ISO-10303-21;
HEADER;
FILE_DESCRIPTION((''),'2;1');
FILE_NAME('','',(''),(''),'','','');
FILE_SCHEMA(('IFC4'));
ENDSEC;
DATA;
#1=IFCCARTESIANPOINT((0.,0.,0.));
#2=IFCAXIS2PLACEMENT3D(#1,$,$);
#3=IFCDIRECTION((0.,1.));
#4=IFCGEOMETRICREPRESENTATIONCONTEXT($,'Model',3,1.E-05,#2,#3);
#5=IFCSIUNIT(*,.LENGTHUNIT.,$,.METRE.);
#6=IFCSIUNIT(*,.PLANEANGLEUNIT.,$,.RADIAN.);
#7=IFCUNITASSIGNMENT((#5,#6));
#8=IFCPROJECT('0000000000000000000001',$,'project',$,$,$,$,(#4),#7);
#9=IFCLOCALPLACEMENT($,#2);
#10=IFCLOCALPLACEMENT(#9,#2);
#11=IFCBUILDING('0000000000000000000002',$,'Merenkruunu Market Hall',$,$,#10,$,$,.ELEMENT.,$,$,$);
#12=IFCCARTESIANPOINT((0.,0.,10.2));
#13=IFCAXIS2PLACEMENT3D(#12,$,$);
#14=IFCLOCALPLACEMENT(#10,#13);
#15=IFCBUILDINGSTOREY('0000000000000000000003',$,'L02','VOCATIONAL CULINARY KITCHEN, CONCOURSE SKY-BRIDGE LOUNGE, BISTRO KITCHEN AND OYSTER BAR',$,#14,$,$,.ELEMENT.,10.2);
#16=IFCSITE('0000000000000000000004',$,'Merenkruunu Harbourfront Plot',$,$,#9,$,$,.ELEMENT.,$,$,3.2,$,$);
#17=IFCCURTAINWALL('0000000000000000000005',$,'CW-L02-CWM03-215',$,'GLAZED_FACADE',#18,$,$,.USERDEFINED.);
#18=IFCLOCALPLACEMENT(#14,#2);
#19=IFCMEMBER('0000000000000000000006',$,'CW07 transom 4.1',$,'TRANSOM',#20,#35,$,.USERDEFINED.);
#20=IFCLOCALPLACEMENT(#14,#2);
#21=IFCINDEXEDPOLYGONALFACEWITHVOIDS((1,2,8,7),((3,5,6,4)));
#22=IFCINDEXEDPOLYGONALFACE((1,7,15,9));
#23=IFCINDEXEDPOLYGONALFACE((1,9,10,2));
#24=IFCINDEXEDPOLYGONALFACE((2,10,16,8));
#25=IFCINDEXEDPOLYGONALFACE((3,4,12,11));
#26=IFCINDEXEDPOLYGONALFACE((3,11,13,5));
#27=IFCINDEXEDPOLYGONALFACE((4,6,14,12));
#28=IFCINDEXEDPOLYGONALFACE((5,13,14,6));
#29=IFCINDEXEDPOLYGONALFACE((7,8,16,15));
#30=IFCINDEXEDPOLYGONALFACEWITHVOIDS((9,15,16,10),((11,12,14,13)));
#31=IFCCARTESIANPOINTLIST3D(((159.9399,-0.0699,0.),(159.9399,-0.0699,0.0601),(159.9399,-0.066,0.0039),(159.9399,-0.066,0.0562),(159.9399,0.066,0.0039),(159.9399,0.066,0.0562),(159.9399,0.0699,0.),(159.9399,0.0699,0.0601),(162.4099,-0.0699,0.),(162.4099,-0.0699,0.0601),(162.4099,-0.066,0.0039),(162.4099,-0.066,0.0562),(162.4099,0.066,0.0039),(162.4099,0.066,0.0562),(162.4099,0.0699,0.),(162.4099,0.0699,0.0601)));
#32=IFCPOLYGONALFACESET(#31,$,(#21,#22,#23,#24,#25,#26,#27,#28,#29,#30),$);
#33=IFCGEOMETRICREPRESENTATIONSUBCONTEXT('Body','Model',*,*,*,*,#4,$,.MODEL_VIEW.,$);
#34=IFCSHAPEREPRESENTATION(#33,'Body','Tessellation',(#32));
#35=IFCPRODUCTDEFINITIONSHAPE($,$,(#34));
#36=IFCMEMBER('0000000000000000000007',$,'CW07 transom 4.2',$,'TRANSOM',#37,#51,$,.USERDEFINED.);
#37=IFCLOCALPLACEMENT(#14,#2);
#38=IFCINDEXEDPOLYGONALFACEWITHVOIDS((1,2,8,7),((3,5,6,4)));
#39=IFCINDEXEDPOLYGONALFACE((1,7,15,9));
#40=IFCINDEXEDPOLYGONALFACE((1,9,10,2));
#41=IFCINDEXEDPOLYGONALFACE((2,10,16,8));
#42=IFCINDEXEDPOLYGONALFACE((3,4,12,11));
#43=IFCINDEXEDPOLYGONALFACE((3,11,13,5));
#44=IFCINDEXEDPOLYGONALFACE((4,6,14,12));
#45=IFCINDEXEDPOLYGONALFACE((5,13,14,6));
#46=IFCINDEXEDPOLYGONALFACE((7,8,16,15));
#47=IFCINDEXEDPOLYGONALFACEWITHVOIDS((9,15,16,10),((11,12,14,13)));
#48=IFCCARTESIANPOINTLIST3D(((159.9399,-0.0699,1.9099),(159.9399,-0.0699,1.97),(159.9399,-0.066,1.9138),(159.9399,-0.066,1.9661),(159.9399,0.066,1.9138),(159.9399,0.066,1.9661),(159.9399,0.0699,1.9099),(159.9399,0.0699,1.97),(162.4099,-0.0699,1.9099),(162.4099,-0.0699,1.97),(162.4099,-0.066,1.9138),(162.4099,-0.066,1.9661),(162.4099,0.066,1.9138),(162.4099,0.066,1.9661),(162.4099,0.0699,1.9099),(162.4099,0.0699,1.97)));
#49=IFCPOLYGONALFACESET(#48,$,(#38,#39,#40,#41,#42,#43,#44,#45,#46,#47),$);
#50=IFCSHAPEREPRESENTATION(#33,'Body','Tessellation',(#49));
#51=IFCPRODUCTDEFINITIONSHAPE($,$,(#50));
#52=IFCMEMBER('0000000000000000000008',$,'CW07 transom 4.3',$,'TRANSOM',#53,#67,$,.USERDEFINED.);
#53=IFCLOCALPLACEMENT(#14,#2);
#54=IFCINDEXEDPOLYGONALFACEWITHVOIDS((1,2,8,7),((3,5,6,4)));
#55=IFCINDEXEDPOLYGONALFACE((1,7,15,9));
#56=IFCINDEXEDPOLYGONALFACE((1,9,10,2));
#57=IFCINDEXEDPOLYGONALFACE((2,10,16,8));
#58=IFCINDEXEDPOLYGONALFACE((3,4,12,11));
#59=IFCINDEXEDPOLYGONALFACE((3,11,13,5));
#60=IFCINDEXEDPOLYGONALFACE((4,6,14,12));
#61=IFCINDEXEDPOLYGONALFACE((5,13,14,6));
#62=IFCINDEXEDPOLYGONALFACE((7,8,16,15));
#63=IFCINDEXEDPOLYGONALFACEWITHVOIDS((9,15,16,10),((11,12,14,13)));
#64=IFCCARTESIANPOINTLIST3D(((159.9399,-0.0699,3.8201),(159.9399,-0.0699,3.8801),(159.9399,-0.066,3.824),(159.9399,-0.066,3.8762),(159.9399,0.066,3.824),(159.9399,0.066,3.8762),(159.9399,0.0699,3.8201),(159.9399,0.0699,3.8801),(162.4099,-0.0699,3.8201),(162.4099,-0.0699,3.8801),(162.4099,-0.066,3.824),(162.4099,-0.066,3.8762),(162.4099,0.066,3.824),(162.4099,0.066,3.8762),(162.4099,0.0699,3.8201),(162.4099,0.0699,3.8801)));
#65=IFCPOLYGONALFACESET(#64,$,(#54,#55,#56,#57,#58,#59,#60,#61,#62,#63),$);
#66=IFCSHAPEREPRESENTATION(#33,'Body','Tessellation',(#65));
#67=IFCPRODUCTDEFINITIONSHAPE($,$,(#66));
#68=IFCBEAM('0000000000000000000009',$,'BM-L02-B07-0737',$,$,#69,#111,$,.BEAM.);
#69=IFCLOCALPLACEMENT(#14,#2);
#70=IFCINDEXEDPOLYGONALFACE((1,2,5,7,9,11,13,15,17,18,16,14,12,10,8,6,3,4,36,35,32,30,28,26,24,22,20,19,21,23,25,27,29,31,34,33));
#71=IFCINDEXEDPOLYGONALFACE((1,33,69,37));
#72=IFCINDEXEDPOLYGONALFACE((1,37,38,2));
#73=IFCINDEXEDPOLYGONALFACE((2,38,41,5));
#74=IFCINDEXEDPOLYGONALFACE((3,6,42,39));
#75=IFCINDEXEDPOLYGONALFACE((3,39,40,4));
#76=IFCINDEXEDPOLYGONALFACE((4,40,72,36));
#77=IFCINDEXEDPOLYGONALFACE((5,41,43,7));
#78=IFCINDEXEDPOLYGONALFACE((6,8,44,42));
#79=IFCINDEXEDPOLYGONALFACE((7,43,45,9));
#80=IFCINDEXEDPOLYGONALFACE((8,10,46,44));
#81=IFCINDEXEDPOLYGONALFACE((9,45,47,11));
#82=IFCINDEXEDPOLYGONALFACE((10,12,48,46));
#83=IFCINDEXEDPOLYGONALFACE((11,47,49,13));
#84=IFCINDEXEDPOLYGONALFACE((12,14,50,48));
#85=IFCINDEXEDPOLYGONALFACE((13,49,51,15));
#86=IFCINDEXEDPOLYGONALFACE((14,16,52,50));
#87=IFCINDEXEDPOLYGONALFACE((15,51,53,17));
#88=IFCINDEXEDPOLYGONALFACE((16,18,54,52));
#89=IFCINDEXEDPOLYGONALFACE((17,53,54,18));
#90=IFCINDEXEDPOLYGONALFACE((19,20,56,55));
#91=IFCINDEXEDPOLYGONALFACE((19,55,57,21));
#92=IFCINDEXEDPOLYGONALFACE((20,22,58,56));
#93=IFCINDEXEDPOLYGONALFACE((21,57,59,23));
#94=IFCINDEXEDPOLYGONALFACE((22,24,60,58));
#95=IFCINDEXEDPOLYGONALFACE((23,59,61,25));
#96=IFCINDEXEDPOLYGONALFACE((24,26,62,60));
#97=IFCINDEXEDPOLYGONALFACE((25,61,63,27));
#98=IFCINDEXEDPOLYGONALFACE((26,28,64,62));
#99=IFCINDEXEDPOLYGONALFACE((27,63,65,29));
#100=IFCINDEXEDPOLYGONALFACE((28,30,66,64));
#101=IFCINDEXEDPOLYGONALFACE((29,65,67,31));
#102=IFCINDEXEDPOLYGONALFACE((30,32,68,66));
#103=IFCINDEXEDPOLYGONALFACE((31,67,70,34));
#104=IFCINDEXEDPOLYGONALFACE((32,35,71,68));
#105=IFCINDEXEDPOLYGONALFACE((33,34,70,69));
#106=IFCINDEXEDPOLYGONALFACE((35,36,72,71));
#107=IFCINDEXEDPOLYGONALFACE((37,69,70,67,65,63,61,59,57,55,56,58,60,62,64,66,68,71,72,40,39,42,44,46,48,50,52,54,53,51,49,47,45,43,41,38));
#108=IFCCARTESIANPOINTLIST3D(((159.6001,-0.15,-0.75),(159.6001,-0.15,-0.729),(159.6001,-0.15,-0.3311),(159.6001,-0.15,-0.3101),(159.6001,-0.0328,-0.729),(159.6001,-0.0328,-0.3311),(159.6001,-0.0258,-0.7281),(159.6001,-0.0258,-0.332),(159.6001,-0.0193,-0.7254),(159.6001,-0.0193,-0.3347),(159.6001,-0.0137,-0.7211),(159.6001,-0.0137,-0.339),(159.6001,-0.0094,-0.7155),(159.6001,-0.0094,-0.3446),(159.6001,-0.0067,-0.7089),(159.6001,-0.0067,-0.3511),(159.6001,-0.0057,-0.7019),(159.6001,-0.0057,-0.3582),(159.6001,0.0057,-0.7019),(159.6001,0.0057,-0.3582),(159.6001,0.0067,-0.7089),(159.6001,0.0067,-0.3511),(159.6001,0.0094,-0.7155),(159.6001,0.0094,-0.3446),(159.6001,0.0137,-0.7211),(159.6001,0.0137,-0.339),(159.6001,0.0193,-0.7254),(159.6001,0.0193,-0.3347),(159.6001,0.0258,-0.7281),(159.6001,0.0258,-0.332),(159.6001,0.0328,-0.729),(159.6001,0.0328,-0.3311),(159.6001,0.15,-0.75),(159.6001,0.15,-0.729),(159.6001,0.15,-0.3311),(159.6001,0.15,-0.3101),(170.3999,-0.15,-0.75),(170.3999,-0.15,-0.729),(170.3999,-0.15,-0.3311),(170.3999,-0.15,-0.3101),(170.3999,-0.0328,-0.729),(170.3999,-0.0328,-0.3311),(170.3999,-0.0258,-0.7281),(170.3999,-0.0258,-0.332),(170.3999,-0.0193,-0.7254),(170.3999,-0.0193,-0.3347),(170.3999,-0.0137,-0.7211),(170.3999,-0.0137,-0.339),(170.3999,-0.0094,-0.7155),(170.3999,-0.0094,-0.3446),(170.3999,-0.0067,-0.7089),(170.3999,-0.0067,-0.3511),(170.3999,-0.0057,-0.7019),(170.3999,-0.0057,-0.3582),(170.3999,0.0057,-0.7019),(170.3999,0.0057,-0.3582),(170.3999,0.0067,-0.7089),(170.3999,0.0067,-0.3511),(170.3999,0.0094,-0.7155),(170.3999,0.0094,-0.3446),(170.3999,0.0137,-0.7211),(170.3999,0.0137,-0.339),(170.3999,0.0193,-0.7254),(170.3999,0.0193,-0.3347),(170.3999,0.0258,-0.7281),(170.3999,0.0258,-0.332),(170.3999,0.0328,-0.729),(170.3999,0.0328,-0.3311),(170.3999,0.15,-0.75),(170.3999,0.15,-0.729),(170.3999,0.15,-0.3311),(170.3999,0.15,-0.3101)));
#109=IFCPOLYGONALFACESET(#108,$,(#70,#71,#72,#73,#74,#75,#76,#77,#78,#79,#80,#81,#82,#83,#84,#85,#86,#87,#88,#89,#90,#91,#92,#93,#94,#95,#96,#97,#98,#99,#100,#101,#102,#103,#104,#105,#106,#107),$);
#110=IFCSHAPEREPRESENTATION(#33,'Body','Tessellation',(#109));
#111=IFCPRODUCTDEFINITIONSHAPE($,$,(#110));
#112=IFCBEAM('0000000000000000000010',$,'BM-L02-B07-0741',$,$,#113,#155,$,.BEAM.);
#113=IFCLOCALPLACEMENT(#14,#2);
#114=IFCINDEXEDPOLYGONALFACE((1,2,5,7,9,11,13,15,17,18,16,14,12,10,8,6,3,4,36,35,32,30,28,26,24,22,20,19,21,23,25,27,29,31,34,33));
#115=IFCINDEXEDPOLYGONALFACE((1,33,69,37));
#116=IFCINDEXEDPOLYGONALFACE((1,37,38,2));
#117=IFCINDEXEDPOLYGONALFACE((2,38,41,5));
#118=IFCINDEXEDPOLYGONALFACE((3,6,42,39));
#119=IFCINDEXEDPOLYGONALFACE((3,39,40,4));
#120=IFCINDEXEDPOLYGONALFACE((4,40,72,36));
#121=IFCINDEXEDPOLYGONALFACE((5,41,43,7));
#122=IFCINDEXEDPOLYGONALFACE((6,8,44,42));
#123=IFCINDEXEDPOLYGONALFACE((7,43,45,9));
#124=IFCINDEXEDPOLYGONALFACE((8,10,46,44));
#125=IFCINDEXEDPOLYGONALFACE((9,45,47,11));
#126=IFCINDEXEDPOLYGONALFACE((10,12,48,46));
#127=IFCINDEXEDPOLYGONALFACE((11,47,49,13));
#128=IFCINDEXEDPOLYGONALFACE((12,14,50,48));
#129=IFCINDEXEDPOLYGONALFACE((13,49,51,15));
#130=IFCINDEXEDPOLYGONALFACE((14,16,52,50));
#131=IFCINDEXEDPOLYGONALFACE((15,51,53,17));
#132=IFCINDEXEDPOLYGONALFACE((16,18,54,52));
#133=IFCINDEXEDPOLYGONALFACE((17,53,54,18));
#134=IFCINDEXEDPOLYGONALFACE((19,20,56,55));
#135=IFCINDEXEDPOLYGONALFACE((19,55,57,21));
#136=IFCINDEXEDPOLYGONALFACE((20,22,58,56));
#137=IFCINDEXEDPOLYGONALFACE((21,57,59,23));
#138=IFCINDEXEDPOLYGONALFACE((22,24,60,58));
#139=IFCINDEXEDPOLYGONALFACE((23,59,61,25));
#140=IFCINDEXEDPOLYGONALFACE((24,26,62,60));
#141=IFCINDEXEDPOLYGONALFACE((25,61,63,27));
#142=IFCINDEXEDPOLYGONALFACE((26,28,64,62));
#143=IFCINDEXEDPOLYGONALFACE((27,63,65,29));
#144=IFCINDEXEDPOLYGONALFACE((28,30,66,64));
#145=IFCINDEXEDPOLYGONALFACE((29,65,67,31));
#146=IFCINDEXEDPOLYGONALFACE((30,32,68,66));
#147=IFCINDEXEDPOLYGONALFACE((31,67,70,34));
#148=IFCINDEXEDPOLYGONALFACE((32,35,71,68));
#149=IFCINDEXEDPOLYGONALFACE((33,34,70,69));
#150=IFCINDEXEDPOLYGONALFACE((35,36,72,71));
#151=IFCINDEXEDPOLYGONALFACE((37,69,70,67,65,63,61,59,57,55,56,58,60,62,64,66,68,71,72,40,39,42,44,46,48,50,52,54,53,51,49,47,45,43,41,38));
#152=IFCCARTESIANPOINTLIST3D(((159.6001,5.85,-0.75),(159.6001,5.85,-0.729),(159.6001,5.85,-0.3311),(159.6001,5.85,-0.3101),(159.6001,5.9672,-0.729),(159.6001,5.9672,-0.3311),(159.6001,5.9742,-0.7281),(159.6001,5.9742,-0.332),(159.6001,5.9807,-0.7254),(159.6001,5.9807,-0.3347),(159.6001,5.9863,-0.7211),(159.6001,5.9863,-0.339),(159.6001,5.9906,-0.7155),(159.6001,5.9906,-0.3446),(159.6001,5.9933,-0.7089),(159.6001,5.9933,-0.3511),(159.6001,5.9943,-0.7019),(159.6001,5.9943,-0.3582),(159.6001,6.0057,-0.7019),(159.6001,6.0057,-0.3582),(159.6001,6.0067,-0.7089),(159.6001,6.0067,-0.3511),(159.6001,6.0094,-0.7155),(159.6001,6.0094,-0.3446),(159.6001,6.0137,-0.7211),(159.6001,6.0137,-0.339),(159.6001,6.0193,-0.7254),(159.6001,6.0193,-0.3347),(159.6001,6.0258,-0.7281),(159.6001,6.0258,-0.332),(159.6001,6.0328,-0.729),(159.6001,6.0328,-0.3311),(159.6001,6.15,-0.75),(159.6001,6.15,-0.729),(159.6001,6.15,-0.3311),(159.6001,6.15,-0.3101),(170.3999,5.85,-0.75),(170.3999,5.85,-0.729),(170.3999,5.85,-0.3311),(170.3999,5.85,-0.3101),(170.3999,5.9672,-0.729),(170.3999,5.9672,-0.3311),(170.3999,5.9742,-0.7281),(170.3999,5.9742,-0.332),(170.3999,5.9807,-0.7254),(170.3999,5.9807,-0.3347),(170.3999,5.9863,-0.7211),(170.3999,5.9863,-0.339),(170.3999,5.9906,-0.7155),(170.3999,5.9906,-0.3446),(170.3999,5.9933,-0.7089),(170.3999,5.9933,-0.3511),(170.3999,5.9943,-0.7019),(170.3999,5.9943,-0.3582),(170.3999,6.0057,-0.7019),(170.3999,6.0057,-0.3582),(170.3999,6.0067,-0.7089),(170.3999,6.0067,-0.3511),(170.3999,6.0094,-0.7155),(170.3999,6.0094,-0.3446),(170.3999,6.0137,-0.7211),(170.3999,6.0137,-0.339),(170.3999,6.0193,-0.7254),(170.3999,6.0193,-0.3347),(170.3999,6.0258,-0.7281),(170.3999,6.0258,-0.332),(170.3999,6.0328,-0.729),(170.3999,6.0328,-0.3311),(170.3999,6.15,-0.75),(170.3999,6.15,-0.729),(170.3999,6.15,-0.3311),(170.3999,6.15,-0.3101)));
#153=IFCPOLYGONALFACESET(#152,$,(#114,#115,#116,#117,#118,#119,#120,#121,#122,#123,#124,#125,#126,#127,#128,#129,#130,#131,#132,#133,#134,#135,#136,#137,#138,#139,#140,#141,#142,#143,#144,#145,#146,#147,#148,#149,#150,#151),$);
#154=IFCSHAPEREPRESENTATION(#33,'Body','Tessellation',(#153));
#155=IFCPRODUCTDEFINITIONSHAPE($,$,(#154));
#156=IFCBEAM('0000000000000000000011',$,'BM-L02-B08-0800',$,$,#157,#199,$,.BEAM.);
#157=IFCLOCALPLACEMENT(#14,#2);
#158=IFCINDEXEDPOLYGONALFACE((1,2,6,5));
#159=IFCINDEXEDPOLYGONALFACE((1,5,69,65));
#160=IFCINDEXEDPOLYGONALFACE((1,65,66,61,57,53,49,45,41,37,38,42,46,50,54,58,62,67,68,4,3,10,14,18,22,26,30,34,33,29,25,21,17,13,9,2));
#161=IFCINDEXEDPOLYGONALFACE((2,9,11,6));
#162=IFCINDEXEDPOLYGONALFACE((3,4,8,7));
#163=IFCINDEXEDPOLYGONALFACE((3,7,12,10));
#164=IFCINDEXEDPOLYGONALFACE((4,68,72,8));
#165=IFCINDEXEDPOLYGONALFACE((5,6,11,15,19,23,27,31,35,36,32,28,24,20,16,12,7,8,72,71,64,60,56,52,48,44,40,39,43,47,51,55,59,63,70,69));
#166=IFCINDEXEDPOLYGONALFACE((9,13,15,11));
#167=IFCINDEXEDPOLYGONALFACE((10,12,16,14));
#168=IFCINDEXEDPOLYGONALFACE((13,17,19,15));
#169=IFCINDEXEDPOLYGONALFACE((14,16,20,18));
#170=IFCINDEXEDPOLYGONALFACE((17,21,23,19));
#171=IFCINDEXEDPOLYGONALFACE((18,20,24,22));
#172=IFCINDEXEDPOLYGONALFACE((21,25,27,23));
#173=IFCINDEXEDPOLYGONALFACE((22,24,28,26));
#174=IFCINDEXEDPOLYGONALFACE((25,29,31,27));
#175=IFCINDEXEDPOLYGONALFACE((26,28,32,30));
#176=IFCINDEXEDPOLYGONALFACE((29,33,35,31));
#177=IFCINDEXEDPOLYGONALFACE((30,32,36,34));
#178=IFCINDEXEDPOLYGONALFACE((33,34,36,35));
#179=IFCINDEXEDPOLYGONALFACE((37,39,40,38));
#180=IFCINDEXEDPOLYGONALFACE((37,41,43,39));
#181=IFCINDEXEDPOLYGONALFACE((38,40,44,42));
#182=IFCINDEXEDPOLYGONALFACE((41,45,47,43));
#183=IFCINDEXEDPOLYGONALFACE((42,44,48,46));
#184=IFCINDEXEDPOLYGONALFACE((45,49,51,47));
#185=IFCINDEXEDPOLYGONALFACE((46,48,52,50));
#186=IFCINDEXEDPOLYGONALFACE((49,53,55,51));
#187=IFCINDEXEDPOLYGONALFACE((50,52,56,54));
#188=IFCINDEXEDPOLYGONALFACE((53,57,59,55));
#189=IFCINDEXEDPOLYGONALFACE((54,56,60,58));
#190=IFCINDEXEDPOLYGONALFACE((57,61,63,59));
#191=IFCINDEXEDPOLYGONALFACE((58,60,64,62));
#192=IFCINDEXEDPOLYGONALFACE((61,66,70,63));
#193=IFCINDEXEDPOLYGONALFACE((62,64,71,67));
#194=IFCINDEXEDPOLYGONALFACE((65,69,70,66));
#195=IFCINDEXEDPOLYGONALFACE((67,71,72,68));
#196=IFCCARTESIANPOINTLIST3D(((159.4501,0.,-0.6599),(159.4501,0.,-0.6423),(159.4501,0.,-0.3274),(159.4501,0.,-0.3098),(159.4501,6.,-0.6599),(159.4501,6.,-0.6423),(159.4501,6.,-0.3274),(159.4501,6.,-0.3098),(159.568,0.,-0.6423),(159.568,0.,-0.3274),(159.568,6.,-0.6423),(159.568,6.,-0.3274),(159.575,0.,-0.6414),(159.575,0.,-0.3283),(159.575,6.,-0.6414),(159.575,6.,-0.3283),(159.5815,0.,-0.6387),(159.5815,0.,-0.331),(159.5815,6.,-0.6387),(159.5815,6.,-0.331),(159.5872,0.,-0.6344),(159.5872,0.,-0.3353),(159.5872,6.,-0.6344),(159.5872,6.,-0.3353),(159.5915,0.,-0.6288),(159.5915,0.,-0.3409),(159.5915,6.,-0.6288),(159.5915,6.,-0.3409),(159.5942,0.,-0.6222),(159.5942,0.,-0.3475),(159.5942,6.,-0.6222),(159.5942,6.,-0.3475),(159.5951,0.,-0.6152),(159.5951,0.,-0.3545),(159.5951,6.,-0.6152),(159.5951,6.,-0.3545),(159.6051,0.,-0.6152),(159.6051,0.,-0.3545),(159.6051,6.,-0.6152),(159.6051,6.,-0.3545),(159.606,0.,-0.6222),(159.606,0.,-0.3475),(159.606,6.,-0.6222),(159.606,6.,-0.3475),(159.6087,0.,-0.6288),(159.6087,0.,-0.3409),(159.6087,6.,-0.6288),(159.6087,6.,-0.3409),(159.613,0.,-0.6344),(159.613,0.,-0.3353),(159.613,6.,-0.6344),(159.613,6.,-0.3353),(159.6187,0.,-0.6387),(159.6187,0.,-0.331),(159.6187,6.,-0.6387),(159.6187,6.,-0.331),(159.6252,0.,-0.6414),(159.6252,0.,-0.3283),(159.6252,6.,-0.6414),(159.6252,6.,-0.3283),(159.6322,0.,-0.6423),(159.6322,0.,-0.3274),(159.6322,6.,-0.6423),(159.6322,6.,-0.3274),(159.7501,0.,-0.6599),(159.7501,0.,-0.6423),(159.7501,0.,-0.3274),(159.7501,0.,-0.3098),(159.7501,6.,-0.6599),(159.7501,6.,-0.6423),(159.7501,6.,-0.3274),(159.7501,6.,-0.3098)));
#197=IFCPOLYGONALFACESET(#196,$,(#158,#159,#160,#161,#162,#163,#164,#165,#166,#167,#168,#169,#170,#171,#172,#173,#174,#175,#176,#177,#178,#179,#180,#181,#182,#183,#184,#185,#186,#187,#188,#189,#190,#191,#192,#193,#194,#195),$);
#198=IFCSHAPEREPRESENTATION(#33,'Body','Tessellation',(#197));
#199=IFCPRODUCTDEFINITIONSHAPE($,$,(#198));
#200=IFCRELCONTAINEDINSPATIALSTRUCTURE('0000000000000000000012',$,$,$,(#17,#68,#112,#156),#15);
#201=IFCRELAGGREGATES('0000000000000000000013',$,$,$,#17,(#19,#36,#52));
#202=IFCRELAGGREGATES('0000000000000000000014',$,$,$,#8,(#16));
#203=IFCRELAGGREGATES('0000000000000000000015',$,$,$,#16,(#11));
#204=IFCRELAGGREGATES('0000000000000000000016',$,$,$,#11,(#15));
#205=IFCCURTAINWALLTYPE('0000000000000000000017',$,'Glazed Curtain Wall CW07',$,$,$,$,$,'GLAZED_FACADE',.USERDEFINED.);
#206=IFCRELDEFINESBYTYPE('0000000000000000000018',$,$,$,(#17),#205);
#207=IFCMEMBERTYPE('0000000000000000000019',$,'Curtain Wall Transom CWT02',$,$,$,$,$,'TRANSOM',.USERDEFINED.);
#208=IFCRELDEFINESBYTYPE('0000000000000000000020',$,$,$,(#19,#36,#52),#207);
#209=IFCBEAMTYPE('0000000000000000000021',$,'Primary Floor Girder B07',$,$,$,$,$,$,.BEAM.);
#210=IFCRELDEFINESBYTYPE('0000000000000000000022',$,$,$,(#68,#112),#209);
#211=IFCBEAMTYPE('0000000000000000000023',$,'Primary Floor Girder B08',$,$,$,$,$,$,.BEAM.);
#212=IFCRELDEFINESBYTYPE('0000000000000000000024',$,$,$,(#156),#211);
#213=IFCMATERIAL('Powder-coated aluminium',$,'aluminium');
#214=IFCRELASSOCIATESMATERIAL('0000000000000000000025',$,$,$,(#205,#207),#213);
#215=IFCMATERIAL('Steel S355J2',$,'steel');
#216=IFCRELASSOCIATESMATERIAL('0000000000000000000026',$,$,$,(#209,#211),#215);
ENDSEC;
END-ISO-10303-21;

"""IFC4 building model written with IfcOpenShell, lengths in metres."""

from ifc_helpers import new_model, si_unit, direction, frame, origin, origin_2d, place, context, subcontext, project, spatial, hollow_rectangle, i_section, extrude, material, material_profile, profile_set, type_object, element, aggregate, save


model = new_model("IFC4")

# Units and contexts
model_context = context("Model", 3, precision=1e-05, world=origin(), true_north=direction((0.0, 1.0)))
body_context = subcontext(model_context, "Body", "Model", "MODEL_VIEW")
ifc_project = project(units=[si_unit("LENGTHUNIT", "METRE"), si_unit("PLANEANGLEUNIT", "RADIAN")], contexts=[model_context])

# Site, building, storey
site_placement = place(None, origin())
site = spatial("IfcSite", under=ifc_project, at=site_placement, Name="Merenkruunu Harbourfront Plot", CompositionType="ELEMENT", RefElevation=3.2)
building_placement = place(site_placement, origin())
building = spatial("IfcBuilding", under=site, at=building_placement, Name="Merenkruunu Market Hall", CompositionType="ELEMENT")
storey_placement = place(building_placement, frame((0.0, 0.0, 10.2)))
storey = spatial("IfcBuildingStorey", under=building, at=storey_placement, Name="L02", Description="VOCATIONAL CULINARY KITCHEN, CONCOURSE SKY-BRIDGE LOUNGE, BISTRO KITCHEN AND OYSTER BAR", CompositionType="ELEMENT", Elevation=10.2)

# Shared definitions
ifc_material_1 = material(Name="Steel S355J2", Category="steel")

# Curtain wall
ifc_material_2 = material(Name="Powder-coated aluminium", Category="aluminium")
curtain_wall_type_1 = type_object("IfcCurtainWallType", Name="Glazed Curtain Wall CW07", ElementType="GLAZED_FACADE", PredefinedType="USERDEFINED", material=ifc_material_2)
curtain_wall_1_placement = place(storey_placement, origin())
curtain_wall_1 = element("IfcCurtainWall", 1, at=curtain_wall_1_placement, inside=storey, type_object=curtain_wall_type_1, Name="CW-L02-CWM03-215", ObjectType="GLAZED_FACADE", PredefinedType="USERDEFINED")

# Members
ifc_material_profile_1 = material_profile(ifc_material_2, hollow_rectangle(XDim=0.0601, YDim=0.1399, WallThickness=0.0039, at=origin_2d()), Name="ALU 60x140x4")
ifc_profile_set_1 = profile_set([ifc_material_profile_1], Name="Powder-coated aluminium")
member_type_1 = type_object("IfcMemberType", Name="Curtain Wall Transom CWT02", ElementType="TRANSOM", PredefinedType="USERDEFINED", material=ifc_profile_set_1)
member_1_placement = place(storey_placement, frame((162.4099, 0.0, 0.03), z_axis=(-1.0, 0.0, 0.0), x_axis=(0.0, 0.0, 1.0)))
member_1 = element("IfcMember", 2, at=member_1_placement, type_object=member_type_1, Name="CW07 transom 4.1", ObjectType="TRANSOM", PredefinedType="USERDEFINED", context=body_context, shape_type="SweptSolid", body=[
    extrude(hollow_rectangle(XDim=0.0601, YDim=0.1399, WallThickness=0.0039, at=origin_2d()), origin(), (0.0, 0.0, 1.0), 2.47),
])
member_2_placement = place(storey_placement, frame((162.4099, 0.0, 1.9399), z_axis=(-1.0, 0.0, 0.0), x_axis=(0.0, 0.0, 1.0)))
member_2 = element("IfcMember", 3, at=member_2_placement, type_object=member_type_1, Name="CW07 transom 4.2", ObjectType="TRANSOM", PredefinedType="USERDEFINED", context=body_context, shape_type="SweptSolid", body=[
    extrude(hollow_rectangle(XDim=0.0601, YDim=0.1399, WallThickness=0.0039, at=origin_2d()), origin(), (0.0, 0.0, 1.0), 2.47),
])
member_3_placement = place(storey_placement, frame((162.4099, 0.0, 3.8501), z_axis=(-1.0, 0.0, 0.0), x_axis=(0.0, 0.0, 1.0)))
member_3 = element("IfcMember", 4, at=member_3_placement, type_object=member_type_1, Name="CW07 transom 4.3", ObjectType="TRANSOM", PredefinedType="USERDEFINED", context=body_context, shape_type="SweptSolid", body=[
    extrude(hollow_rectangle(XDim=0.0601, YDim=0.1399, WallThickness=0.0039, at=origin_2d()), origin(), (0.0, 0.0, 1.0), 2.47),
])

# Beams
ifc_material_profile_2 = material_profile(ifc_material_1, i_section(OverallWidth=0.3, OverallDepth=0.4399, WebThickness=0.0115, FlangeThickness=0.021, FilletRadius=0.0271, at=origin_2d()), Name="HEA 450")
ifc_profile_set_2 = profile_set([ifc_material_profile_2], Name="Steel S355J2")
beam_type_1 = type_object("IfcBeamType", Name="Primary Floor Girder B07", PredefinedType="BEAM", material=ifc_profile_set_2)
for number, where, z_axis, x_axis, name in (
    (5, (159.6001, 0.0, -0.53), (1.0, 0.0, 0.0), (0.0, 1.0, 0.0), "BM-L02-B07-0737"),
    (6, (159.6001, 6.0, -0.53), (1.0, 0.0, 0.0), (0.0, 1.0, 0.0), "BM-L02-B07-0741"),
):
    element("IfcBeam", number, at=place(storey_placement, frame(where, z_axis=z_axis, x_axis=x_axis)), inside=storey, type_object=beam_type_1, Name=name, PredefinedType="BEAM", context=body_context, shape_type="SweptSolid", body=[
        extrude(i_section(OverallWidth=0.3, OverallDepth=0.4399, WebThickness=0.0115, FlangeThickness=0.021, FilletRadius=0.0271, at=origin_2d()), origin(), (0.0, 0.0, 1.0), 10.7998),
    ])
ifc_material_profile_3 = material_profile(ifc_material_1, i_section(OverallWidth=0.3, OverallDepth=0.3501, WebThickness=0.01, FlangeThickness=0.0176, FilletRadius=0.0271, at=origin_2d()), Name="HEA 360")
ifc_profile_set_3 = profile_set([ifc_material_profile_3], Name="Steel S355J2")
beam_type_2 = type_object("IfcBeamType", Name="Primary Floor Girder B08", PredefinedType="BEAM", material=ifc_profile_set_3)
beam_1_placement = place(storey_placement, frame((159.6001, 0.0, -0.4849), z_axis=(0.0, 1.0, 0.0), x_axis=(-1.0, 0.0, 0.0)))
element("IfcBeam", 7, at=beam_1_placement, inside=storey, type_object=beam_type_2, Name="BM-L02-B08-0800", PredefinedType="BEAM", context=body_context, shape_type="SweptSolid", body=[
    extrude(i_section(OverallWidth=0.3, OverallDepth=0.3501, WebThickness=0.01, FlangeThickness=0.0176, FilletRadius=0.0271, at=origin_2d()), origin(), (0.0, 0.0, 1.0), 6.0),
])

aggregate(curtain_wall_1, [member_1, member_2, member_3])

save(model, "model.ifc")
